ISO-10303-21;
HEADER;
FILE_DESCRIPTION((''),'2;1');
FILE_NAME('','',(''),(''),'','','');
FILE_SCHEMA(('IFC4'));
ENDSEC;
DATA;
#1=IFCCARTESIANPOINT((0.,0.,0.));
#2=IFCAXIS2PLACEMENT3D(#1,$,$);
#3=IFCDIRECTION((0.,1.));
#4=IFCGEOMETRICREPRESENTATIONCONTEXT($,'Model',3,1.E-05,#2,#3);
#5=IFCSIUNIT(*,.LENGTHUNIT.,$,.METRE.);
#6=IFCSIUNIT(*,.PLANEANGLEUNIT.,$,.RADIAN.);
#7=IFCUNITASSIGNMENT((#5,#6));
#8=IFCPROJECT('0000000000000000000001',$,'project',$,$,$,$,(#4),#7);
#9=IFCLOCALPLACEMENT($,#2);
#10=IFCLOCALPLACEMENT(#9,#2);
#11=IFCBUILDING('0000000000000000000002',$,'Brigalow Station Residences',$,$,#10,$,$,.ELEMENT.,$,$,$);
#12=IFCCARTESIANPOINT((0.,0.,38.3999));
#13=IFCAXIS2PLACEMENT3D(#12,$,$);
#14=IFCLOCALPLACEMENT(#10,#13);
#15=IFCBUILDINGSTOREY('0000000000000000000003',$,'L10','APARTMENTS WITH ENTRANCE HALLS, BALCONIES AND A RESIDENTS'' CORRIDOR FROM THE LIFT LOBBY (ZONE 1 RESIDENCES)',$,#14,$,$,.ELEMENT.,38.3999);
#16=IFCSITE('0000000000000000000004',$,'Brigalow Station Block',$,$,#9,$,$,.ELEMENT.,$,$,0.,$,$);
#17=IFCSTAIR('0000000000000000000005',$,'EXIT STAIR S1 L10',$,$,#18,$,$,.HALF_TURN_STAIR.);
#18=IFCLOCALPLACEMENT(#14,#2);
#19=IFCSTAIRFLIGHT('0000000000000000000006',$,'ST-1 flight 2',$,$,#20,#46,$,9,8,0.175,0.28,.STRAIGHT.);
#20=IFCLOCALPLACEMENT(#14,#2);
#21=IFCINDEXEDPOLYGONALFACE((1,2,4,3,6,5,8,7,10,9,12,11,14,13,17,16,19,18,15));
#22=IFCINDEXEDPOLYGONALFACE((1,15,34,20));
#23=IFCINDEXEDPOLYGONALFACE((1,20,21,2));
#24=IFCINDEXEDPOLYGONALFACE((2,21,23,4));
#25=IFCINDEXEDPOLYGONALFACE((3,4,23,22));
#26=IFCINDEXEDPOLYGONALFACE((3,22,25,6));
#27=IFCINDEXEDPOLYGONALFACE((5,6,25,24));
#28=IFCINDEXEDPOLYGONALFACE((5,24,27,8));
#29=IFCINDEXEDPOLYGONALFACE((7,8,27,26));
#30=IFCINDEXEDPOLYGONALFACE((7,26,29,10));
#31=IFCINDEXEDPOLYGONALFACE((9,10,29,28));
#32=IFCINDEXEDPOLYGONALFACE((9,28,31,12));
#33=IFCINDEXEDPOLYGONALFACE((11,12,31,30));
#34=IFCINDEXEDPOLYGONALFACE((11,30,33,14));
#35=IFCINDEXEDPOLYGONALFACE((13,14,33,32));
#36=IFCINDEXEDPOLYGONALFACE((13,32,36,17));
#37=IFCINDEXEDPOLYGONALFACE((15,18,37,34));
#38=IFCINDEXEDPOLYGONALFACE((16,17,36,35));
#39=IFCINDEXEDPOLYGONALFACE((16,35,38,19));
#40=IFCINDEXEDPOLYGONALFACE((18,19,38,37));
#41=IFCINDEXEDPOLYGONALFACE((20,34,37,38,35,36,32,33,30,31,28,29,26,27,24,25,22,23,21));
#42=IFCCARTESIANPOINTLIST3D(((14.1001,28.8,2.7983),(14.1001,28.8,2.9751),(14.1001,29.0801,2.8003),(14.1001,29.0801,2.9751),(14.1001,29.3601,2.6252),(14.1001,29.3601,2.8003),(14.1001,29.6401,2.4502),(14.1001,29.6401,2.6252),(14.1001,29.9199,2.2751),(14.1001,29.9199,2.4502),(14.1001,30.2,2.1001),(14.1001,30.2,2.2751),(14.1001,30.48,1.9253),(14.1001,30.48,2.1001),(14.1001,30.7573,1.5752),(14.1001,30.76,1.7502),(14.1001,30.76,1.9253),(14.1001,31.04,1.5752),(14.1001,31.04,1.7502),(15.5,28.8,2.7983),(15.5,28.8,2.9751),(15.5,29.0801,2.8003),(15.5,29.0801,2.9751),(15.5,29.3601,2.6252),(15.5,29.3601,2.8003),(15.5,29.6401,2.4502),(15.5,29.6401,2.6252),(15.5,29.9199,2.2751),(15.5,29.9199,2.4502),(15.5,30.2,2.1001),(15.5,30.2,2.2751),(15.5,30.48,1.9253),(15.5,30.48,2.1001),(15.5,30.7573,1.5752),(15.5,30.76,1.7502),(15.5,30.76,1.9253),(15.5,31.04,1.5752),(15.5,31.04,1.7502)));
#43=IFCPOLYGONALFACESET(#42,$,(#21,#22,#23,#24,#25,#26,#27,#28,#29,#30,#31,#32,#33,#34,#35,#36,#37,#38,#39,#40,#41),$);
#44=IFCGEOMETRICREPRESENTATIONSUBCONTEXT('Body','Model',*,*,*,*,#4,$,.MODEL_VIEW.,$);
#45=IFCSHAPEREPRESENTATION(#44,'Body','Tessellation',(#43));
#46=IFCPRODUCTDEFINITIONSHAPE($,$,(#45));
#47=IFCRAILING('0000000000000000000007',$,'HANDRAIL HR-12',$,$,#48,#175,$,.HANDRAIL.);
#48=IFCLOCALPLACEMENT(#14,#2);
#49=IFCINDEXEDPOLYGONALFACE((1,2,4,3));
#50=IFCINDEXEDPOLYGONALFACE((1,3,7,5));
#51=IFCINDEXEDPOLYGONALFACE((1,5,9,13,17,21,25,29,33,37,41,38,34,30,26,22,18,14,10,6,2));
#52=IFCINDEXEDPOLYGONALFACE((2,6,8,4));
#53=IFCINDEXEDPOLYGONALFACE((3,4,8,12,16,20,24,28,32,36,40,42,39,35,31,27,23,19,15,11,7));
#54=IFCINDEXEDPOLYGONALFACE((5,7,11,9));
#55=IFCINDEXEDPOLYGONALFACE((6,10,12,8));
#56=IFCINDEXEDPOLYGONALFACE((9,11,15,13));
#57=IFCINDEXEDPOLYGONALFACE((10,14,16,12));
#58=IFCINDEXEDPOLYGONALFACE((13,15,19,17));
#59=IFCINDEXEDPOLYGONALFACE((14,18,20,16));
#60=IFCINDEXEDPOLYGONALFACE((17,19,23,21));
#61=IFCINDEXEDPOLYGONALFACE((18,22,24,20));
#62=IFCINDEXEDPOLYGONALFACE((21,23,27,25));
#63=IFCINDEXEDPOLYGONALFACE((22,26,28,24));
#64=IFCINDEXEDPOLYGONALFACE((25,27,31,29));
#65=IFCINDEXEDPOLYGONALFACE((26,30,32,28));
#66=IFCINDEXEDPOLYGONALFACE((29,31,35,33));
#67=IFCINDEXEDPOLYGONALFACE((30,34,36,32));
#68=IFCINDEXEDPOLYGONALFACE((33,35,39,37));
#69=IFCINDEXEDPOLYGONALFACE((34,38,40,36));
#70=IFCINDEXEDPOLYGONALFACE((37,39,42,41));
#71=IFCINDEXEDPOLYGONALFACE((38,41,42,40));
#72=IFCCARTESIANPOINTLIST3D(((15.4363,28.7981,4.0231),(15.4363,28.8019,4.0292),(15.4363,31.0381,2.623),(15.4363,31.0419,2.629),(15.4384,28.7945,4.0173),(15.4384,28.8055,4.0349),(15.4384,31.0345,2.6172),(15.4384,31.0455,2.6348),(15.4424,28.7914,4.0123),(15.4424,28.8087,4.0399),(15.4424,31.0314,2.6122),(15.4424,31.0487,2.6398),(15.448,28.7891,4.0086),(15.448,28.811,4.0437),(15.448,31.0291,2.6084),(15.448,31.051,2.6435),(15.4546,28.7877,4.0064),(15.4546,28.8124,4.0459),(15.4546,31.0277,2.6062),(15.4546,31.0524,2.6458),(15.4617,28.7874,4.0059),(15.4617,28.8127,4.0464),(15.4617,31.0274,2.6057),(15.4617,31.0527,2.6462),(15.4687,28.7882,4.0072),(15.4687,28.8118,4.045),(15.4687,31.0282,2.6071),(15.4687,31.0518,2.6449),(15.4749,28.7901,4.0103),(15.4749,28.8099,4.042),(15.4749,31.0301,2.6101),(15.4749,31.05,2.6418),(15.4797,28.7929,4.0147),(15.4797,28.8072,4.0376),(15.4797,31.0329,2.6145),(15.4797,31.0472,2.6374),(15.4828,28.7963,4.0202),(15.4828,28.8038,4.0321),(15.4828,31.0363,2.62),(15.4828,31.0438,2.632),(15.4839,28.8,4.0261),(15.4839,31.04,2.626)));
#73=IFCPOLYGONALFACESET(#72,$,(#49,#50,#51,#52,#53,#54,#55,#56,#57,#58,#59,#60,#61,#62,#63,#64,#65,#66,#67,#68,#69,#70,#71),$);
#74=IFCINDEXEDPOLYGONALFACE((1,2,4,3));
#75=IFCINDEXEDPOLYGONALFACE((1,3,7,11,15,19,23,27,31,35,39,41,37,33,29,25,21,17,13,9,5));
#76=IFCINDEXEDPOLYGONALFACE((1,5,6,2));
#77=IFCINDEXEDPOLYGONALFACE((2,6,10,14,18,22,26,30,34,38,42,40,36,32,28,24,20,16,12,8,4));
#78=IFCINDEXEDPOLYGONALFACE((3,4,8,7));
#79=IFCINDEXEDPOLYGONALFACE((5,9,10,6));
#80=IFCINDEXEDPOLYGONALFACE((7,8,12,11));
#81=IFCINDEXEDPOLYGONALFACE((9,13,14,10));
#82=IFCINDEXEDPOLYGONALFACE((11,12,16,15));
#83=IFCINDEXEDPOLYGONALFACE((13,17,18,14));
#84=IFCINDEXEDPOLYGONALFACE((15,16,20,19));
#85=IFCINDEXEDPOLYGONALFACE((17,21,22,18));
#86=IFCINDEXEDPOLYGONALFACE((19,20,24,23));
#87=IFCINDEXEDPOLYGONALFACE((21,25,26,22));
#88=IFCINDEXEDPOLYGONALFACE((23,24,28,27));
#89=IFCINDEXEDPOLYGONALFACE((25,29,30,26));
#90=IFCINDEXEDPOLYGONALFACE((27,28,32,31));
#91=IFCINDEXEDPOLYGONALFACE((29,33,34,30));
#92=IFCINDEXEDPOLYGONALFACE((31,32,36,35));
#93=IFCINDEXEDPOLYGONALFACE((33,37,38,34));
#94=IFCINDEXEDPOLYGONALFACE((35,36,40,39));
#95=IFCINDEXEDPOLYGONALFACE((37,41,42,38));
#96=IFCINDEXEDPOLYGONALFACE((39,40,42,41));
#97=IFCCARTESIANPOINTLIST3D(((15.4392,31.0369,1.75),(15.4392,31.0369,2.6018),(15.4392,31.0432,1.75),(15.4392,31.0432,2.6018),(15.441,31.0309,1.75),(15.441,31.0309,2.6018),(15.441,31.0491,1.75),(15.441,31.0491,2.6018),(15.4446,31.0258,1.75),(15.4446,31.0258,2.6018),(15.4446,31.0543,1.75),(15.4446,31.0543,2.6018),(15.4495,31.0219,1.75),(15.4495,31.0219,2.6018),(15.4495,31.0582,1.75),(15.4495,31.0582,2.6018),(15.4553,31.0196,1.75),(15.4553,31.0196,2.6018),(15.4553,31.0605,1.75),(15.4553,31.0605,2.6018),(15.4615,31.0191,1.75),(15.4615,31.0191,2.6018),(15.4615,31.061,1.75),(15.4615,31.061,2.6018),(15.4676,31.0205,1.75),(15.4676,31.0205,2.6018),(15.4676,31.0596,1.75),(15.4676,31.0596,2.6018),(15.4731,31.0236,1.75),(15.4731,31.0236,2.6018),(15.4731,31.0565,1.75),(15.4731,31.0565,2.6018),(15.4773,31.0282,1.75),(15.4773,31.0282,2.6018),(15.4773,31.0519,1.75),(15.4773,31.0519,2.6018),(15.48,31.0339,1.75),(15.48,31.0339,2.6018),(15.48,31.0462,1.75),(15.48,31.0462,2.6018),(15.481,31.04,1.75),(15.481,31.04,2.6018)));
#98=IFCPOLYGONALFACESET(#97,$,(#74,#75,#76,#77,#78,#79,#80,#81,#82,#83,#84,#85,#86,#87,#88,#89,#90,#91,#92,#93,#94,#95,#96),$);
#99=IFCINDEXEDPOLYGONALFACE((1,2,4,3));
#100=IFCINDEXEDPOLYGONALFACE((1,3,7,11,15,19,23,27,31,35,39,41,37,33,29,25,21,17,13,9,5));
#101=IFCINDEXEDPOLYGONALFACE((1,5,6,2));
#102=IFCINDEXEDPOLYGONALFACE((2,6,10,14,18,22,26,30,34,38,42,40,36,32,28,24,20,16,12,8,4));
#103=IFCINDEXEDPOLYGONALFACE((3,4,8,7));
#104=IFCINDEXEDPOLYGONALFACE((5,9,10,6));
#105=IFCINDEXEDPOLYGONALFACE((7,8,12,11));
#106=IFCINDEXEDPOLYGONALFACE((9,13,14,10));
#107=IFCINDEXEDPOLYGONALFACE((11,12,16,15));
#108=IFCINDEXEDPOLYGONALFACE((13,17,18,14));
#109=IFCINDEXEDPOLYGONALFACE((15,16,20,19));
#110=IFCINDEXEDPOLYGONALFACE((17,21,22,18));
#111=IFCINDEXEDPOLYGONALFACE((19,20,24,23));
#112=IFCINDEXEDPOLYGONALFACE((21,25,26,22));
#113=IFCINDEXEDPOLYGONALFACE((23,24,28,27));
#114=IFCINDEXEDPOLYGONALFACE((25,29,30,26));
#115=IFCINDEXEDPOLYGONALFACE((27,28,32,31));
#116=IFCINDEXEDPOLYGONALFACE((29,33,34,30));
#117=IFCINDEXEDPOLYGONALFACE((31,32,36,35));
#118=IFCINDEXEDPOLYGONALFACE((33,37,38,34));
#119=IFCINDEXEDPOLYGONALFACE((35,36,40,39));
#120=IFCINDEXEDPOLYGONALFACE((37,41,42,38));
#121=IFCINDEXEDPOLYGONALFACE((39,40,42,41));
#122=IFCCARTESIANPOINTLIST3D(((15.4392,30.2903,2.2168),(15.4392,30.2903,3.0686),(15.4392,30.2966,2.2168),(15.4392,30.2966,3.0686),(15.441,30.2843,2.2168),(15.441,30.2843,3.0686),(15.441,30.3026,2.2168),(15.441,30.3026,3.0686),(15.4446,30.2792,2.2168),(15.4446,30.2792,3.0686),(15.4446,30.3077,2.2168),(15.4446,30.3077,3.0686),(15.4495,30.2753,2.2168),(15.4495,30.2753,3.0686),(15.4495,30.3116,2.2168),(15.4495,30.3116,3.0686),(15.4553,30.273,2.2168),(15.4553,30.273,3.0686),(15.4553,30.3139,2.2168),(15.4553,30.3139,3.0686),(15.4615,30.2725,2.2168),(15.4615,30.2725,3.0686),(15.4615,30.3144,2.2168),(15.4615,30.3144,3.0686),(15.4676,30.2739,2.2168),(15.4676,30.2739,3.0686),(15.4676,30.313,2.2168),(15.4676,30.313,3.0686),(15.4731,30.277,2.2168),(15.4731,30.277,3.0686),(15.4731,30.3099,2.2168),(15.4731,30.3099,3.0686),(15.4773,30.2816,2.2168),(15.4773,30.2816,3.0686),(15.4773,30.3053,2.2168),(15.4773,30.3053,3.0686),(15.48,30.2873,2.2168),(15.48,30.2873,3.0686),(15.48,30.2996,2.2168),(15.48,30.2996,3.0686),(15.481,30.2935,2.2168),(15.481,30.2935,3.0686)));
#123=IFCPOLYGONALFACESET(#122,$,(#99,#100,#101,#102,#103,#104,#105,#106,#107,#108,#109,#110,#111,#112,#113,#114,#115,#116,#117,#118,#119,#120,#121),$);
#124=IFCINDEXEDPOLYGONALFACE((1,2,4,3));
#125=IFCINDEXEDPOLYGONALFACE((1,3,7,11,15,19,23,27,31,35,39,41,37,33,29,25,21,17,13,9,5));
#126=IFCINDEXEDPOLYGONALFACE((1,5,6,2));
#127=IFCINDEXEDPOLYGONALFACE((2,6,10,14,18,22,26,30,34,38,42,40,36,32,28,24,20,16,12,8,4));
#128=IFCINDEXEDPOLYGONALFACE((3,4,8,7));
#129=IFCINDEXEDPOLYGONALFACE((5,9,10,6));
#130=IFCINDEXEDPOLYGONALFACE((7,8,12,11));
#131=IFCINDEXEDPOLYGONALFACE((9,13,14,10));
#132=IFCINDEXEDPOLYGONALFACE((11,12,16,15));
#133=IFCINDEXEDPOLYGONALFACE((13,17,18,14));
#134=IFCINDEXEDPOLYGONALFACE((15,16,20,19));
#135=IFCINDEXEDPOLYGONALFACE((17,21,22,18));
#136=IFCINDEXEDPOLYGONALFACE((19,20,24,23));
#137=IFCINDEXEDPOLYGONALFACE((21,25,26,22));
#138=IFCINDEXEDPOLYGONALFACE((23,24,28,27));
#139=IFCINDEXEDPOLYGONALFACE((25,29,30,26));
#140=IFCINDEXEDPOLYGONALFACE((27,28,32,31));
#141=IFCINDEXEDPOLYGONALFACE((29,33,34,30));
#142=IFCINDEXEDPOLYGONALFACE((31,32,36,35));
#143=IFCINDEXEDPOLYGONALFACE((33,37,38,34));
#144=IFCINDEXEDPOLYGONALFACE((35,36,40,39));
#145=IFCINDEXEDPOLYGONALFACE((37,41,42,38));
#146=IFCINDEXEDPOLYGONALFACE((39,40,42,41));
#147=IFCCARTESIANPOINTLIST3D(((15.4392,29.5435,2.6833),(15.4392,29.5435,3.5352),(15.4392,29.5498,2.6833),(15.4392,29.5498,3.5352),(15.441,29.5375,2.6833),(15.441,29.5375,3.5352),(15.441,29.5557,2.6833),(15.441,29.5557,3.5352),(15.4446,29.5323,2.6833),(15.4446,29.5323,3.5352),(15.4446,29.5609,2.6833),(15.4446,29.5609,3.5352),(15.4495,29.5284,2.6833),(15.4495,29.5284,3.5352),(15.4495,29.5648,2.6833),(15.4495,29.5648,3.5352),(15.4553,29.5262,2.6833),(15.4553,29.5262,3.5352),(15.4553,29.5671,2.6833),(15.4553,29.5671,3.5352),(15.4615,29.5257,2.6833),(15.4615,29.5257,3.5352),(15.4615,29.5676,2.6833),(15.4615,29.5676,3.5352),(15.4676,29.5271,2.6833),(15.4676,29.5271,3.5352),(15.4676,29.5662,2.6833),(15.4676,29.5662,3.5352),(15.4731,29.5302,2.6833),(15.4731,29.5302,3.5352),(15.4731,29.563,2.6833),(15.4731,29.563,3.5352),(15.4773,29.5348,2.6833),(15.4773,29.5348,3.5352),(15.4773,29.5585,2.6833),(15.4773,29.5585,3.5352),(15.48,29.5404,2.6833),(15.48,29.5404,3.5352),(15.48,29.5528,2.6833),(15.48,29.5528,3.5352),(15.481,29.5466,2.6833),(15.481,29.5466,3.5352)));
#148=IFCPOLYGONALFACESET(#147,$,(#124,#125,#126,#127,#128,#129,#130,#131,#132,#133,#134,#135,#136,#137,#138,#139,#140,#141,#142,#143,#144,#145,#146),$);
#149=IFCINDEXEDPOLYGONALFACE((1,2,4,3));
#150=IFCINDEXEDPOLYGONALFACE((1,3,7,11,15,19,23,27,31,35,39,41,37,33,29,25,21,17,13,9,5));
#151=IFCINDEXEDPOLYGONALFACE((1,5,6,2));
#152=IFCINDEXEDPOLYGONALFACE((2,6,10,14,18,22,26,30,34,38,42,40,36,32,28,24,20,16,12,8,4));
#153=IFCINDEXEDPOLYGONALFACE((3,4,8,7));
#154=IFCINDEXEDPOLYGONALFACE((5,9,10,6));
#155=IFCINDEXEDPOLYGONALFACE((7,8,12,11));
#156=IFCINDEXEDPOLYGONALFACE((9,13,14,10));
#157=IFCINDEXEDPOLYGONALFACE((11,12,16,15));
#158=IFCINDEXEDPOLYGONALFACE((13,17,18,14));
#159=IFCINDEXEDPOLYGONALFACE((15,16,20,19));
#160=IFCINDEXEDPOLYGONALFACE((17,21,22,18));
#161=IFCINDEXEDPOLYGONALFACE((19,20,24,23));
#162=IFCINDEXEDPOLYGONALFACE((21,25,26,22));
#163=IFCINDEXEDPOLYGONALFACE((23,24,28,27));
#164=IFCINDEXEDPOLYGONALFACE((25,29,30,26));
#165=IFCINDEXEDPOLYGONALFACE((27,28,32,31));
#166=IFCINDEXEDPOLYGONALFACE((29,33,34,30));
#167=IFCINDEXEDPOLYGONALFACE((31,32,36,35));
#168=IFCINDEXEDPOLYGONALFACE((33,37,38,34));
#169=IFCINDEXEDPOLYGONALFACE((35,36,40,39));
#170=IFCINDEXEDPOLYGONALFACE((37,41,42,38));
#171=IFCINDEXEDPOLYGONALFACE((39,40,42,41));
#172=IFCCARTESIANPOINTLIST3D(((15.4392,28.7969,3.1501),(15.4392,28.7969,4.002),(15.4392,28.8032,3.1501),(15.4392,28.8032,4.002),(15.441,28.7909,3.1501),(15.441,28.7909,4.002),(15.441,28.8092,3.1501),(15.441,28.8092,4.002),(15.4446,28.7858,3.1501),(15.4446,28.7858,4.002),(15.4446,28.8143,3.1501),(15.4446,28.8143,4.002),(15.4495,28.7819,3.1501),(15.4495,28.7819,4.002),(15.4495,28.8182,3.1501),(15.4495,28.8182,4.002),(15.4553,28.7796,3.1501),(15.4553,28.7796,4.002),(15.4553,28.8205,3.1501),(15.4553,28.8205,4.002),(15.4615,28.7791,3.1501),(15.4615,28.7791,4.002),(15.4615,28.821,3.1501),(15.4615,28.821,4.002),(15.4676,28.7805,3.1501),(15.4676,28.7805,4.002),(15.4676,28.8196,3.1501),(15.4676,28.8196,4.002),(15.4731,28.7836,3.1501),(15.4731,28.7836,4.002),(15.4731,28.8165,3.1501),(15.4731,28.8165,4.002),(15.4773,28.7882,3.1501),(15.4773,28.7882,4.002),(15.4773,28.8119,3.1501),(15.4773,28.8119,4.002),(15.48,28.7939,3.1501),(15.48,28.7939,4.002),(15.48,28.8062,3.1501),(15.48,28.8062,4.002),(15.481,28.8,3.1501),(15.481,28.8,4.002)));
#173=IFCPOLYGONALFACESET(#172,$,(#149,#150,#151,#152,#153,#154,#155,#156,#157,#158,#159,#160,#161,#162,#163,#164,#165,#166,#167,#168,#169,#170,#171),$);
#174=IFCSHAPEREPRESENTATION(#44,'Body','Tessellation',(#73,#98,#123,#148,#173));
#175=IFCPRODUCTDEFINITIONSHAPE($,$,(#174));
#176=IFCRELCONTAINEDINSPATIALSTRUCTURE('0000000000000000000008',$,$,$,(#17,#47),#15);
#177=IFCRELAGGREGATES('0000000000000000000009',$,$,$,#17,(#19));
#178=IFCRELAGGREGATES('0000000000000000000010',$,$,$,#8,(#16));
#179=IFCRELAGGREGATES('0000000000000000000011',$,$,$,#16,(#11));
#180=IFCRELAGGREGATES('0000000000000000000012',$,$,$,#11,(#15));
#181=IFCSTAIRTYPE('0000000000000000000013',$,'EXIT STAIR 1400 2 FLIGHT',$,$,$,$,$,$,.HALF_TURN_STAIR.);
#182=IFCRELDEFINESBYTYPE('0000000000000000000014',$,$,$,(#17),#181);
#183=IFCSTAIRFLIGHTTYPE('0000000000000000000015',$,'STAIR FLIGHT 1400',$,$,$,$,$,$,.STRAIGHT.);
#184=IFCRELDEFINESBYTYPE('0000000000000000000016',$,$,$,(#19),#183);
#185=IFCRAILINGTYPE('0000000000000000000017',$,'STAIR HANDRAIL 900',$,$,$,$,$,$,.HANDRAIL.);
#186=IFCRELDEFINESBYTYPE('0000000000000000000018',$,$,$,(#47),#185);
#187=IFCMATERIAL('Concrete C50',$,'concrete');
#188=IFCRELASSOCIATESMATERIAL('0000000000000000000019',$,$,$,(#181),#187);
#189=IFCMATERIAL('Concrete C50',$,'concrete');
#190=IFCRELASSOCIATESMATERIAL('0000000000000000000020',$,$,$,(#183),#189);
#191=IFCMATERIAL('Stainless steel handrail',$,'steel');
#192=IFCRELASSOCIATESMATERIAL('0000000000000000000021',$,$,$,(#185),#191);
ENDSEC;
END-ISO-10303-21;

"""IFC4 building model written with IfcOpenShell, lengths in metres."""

from ifc_helpers import new_model, si_unit, direction, frame, origin, origin_2d, place, context, subcontext, project, spatial, polyline, circle, outline, extrude, material, type_object, element, aggregate, save


model = new_model("IFC4")

# Units and contexts
model_context = context("Model", 3, precision=1e-05, world=origin(), true_north=direction((0.0, 1.0)))
body_context = subcontext(model_context, "Body", "Model", "MODEL_VIEW")
ifc_project = project(units=[si_unit("LENGTHUNIT", "METRE"), si_unit("PLANEANGLEUNIT", "RADIAN")], contexts=[model_context])

# Site, building, storey
site_placement = place(None, origin())
site = spatial("IfcSite", under=ifc_project, at=site_placement, Name="Brigalow Station Block", CompositionType="ELEMENT", RefElevation=0.0)
building_placement = place(site_placement, origin())
building = spatial("IfcBuilding", under=site, at=building_placement, Name="Brigalow Station Residences", CompositionType="ELEMENT")
storey_placement = place(building_placement, frame((0.0, 0.0, 38.3999)))
storey = spatial("IfcBuildingStorey", under=building, at=storey_placement, Name="L10", Description="APARTMENTS WITH ENTRANCE HALLS, BALCONIES AND A RESIDENTS' CORRIDOR FROM THE LIFT LOBBY (ZONE 1 RESIDENCES)", CompositionType="ELEMENT", Elevation=38.3999)

# Stair, stair flight
ifc_material_1 = material(Name="Concrete C50", Category="concrete")
stair_type = type_object("IfcStairType", Name="EXIT STAIR 1400 2 FLIGHT", PredefinedType="HALF_TURN_STAIR", material=ifc_material_1)
stair_placement = place(storey_placement, origin())
stair = element("IfcStair", 1, at=stair_placement, inside=storey, type_object=stair_type, Name="EXIT STAIR S1 L10", PredefinedType="HALF_TURN_STAIR")
ifc_material_2 = material(Name="Concrete C50", Category="concrete")
stair_flight_type = type_object("IfcStairFlightType", Name="STAIR FLIGHT 1400", PredefinedType="STRAIGHT", material=ifc_material_2)
stair_flight_1_placement = place(storey_placement, frame((14.8, 31.04, 1.5752), z_axis=(0.0, 0.0, 1.0), x_axis=(0.0, -1.0, 0.0)))
stair_flight_1 = element("IfcStairFlight", 2, at=stair_flight_1_placement, type_object=stair_flight_type, Name="ST-1 flight 2", NumberOfRisers=9, NumberOfTreads=8, PredefinedType="STRAIGHT", RiserHeight=0.175, TreadLength=0.28, context=body_context, shape_type="SweptSolid", body=[
    extrude(outline(polyline([(0.0, 0.0), (0.0, 0.175), (0.28, 0.175), (0.28, 0.3501), (0.5601, 0.3501), (0.5601, 0.5249), (0.8401, 0.5249), (0.8401, 0.7), (1.1201, 0.7), (1.1201, 0.875), (1.3999, 0.875), (1.3999, 1.05), (1.6799, 1.05), (1.6799, 1.2251), (1.96, 1.2251), (1.96, 1.3999), (2.24, 1.3999), (2.24, 1.575), (2.24, 1.2231), (0.2827, 0.0), (0.0, 0.0)])), frame((0.0, 0.7, 0.0), z_axis=(0.0, -1.0, 0.0), x_axis=(1.0, 0.0, 0.0)), (0.0, 0.0, 1.0), 1.3999),
])
aggregate(stair, [stair_flight_1])

# Railing
ifc_material_3 = material(Name="Stainless steel handrail", Category="steel")
railing_type_1 = type_object("IfcRailingType", Name="STAIR HANDRAIL 900", PredefinedType="HANDRAIL", material=ifc_material_3)
railing_1_placement = place(storey_placement, frame((15.46, 31.04, 1.75)))
element("IfcRailing", 3, at=railing_1_placement, inside=storey, type_object=railing_type_1, Name="HANDRAIL HR-12", PredefinedType="HANDRAIL", context=body_context, shape_type="SweptSolid", body=[
    extrude(circle(Radius=0.0239, at=origin_2d()), frame((0.0, 0.0, 0.876), z_axis=(0.0, -0.847972, 0.53004), x_axis=(1.0, 0.0, 0.0)), (0.0, 0.0, 1.0), 2.6416),
    extrude(circle(Radius=0.021, at=origin_2d()), origin(), (0.0, 0.0, 1.0), 0.8518),
    extrude(circle(Radius=0.021, at=origin_2d()), frame((0.0, -0.7466, 0.4668)), (0.0, 0.0, 1.0), 0.8518),
    extrude(circle(Radius=0.021, at=origin_2d()), frame((0.0, -1.4934, 0.9333)), (0.0, 0.0, 1.0), 0.8518),
    extrude(circle(Radius=0.021, at=origin_2d()), frame((0.0, -2.24, 1.4001)), (0.0, 0.0, 1.0), 0.8518),
])

save(model, "model.ifc")
